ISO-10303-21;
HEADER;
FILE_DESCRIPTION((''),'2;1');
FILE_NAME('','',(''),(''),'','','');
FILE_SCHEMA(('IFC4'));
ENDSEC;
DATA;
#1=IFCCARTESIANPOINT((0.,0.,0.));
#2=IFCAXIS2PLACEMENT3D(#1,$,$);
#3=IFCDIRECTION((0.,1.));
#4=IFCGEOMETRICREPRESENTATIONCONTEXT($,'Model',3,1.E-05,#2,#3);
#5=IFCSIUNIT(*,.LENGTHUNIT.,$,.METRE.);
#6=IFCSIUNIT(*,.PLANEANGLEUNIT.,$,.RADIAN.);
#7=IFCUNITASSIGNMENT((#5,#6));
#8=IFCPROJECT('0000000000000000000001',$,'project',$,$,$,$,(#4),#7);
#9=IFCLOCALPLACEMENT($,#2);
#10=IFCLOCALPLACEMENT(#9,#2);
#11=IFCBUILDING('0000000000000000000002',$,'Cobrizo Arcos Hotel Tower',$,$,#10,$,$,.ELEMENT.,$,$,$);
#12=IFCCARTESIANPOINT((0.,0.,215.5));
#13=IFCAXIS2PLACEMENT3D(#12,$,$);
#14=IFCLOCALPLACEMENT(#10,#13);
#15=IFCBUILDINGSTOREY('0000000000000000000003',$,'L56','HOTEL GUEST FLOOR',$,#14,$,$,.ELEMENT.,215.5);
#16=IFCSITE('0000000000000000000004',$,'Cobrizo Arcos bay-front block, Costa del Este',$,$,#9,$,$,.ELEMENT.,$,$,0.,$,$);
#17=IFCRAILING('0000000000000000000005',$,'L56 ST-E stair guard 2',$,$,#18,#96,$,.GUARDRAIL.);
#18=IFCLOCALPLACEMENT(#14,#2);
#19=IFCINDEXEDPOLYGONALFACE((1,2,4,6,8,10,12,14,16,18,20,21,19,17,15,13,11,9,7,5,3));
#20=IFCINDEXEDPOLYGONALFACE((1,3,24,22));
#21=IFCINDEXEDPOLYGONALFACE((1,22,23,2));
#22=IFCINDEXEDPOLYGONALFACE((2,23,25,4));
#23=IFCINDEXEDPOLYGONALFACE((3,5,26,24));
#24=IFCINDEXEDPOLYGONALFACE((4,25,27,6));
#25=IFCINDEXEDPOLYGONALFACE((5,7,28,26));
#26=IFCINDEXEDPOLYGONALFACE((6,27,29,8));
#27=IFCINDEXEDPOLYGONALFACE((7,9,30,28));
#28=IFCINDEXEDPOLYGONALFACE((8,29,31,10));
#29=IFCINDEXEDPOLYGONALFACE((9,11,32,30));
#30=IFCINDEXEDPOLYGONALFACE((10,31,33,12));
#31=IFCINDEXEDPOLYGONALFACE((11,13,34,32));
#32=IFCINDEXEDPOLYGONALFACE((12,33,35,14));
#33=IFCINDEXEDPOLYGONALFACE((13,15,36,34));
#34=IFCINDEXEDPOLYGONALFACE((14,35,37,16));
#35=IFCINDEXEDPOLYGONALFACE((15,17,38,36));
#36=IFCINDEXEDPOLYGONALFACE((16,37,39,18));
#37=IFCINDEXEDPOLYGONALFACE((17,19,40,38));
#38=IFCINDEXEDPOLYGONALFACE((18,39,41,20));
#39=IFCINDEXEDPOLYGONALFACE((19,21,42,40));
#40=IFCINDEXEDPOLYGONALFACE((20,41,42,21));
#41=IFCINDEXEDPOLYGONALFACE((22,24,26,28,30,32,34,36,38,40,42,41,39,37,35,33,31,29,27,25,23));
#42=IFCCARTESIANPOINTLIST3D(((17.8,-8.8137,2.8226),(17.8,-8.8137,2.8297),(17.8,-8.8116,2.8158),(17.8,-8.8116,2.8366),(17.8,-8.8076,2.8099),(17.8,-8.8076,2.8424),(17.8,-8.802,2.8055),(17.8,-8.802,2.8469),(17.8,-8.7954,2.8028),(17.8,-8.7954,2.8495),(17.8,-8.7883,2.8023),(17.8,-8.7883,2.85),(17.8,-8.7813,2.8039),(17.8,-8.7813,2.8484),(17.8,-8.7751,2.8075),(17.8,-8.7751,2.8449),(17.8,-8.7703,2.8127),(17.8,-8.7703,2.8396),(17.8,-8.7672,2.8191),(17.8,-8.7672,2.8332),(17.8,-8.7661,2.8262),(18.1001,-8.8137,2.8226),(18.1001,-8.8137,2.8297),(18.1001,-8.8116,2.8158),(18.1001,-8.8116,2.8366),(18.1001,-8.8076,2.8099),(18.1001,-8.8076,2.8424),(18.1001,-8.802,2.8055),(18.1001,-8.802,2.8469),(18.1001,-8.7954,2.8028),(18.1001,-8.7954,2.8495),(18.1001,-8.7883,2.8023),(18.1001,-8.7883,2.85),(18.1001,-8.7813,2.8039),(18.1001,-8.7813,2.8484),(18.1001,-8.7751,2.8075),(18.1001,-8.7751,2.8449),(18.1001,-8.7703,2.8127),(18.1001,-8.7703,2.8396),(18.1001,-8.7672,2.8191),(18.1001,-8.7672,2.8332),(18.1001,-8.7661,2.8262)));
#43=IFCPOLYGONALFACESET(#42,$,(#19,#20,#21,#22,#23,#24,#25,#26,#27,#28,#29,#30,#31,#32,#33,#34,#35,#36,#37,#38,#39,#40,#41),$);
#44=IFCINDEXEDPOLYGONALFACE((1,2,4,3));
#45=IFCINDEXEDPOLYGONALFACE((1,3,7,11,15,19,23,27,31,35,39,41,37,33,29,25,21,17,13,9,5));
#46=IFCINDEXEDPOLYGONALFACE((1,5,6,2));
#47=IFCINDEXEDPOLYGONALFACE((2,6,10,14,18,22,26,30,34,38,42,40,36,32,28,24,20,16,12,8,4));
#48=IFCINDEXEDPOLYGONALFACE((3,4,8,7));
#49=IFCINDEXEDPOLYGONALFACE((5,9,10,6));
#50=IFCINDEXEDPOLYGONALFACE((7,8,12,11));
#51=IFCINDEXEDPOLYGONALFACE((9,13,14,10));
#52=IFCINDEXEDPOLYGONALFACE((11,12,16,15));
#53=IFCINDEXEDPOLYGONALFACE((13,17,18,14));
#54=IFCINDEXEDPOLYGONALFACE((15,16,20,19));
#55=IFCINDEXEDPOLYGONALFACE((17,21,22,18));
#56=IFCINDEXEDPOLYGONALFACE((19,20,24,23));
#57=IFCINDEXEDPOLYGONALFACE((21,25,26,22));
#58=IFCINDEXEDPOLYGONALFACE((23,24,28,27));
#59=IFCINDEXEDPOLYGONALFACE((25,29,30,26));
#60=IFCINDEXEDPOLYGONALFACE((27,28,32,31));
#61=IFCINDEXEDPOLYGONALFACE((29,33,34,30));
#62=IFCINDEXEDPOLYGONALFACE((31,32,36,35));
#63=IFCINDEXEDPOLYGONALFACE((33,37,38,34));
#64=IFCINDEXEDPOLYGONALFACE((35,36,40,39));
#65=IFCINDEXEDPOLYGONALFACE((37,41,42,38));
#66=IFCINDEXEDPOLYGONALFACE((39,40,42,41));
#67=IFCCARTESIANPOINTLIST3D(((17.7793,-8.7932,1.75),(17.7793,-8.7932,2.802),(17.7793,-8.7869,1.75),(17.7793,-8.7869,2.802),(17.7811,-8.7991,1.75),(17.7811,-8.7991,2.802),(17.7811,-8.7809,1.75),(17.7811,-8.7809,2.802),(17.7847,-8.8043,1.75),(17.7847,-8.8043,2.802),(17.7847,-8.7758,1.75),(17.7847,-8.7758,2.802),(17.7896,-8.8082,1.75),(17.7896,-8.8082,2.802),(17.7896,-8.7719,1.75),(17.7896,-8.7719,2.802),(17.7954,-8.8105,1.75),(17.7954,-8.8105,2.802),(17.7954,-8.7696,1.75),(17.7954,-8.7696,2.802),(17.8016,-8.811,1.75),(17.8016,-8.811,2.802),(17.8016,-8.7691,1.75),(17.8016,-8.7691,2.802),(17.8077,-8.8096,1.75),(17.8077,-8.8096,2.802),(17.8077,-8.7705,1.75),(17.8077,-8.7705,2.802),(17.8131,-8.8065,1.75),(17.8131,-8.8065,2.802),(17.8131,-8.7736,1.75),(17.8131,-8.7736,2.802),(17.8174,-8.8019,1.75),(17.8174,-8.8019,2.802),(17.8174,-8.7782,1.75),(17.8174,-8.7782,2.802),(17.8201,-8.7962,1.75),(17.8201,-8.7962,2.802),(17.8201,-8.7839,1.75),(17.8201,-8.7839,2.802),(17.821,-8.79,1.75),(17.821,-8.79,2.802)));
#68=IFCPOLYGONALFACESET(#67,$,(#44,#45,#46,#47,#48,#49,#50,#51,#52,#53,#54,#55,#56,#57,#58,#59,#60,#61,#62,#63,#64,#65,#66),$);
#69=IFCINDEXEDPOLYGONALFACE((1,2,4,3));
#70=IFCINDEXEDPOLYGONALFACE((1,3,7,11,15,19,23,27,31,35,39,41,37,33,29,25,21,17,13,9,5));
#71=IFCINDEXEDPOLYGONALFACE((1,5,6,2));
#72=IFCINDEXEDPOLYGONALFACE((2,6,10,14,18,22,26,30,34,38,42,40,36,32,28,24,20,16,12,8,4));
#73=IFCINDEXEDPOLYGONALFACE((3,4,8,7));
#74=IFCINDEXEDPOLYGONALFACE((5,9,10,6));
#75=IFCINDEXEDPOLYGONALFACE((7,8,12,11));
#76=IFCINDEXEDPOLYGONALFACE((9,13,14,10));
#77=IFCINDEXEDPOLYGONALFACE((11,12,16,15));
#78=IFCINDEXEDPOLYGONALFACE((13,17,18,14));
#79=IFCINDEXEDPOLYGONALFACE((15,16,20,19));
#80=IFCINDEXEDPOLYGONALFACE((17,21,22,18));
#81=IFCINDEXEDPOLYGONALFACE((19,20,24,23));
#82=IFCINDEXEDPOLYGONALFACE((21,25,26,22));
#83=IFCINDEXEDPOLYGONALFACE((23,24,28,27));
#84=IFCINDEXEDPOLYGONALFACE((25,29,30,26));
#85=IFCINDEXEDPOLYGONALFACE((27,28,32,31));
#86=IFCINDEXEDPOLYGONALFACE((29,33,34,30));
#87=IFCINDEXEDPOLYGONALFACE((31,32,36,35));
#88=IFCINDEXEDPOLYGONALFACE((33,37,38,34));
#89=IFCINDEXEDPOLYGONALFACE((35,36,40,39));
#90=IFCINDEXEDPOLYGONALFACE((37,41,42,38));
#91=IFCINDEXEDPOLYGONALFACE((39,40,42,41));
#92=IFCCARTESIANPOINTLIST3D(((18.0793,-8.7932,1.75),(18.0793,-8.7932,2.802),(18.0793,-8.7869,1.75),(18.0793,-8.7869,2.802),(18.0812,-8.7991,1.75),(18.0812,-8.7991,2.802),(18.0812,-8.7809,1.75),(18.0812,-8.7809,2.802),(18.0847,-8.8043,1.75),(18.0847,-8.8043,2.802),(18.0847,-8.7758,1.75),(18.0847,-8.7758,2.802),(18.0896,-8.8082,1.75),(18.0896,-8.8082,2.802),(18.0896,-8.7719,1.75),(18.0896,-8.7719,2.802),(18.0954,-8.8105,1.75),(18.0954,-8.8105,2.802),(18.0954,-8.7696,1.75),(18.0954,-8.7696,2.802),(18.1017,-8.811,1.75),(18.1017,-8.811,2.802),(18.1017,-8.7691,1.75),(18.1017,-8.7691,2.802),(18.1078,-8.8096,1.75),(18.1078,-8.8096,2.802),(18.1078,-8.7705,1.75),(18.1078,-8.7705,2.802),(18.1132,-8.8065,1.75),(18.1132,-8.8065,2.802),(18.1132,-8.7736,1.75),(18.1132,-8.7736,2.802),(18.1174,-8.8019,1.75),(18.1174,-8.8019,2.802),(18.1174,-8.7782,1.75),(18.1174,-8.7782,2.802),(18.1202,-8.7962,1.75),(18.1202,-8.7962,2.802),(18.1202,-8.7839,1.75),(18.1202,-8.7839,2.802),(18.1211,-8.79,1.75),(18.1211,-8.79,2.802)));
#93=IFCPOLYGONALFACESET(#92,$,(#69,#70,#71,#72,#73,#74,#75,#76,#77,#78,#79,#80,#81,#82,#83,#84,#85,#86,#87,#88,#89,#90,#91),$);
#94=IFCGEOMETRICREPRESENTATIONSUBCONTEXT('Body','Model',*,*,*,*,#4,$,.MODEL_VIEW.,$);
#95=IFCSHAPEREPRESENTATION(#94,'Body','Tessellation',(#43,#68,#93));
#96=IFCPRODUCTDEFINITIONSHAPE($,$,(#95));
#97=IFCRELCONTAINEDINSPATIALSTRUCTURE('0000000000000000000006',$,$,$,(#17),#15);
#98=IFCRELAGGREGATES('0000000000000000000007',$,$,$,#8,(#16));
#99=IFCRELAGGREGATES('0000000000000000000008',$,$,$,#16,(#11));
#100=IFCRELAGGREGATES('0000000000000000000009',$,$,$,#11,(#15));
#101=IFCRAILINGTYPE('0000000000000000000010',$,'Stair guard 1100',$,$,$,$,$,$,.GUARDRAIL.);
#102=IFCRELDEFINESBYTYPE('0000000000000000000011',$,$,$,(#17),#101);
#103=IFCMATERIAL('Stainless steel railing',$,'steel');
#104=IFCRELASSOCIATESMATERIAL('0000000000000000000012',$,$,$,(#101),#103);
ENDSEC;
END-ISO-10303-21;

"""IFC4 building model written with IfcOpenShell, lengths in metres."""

from ifc_helpers import new_model, si_unit, direction, frame, origin, origin_2d, place, context, subcontext, project, spatial, circle, extrude, material, type_object, element, save


model = new_model("IFC4")

# Units and contexts
model_context = context("Model", 3, precision=1e-05, world=origin(), true_north=direction((0.0, 1.0)))
body_context = subcontext(model_context, "Body", "Model", "MODEL_VIEW")
ifc_project = project(units=[si_unit("LENGTHUNIT", "METRE"), si_unit("PLANEANGLEUNIT", "RADIAN")], contexts=[model_context])

# Site, building, storey
site_placement = place(None, origin())
site = spatial("IfcSite", under=ifc_project, at=site_placement, Name="Cobrizo Arcos bay-front block, Costa del Este", CompositionType="ELEMENT", RefElevation=0.0)
building_placement = place(site_placement, origin())
building = spatial("IfcBuilding", under=site, at=building_placement, Name="Cobrizo Arcos Hotel Tower", CompositionType="ELEMENT")
storey_placement = place(building_placement, frame((0.0, 0.0, 215.5)))
storey = spatial("IfcBuildingStorey", under=building, at=storey_placement, Name="L56", Description="HOTEL GUEST FLOOR", CompositionType="ELEMENT", Elevation=215.5)

# Railing
ifc_material_1 = material(Name="Stainless steel railing", Category="steel")
railing_type_1 = type_object("IfcRailingType", Name="Stair guard 1100", PredefinedType="GUARDRAIL", material=ifc_material_1)
railing_1_placement = place(storey_placement, frame((17.8, -8.79, 1.75)))
element("IfcRailing", 1, at=railing_1_placement, inside=storey, type_object=railing_type_1, Name="L56 ST-E stair guard 2", PredefinedType="GUARDRAIL", context=body_context, shape_type="SweptSolid", body=[
    extrude(circle(Radius=0.0239, at=origin_2d()), frame((0.0, 0.0, 1.0762), z_axis=(1.0, 0.0, 0.0), x_axis=(0.0, 1.0, 0.0)), (0.0, 0.0, 1.0), 0.3),
    extrude(circle(Radius=0.021, at=origin_2d()), origin(), (0.0, 0.0, 1.0), 1.052),
    extrude(circle(Radius=0.021, at=origin_2d()), frame((0.3, 0.0, 0.0)), (0.0, 0.0, 1.0), 1.052),
])

save(model, "model.ifc")
